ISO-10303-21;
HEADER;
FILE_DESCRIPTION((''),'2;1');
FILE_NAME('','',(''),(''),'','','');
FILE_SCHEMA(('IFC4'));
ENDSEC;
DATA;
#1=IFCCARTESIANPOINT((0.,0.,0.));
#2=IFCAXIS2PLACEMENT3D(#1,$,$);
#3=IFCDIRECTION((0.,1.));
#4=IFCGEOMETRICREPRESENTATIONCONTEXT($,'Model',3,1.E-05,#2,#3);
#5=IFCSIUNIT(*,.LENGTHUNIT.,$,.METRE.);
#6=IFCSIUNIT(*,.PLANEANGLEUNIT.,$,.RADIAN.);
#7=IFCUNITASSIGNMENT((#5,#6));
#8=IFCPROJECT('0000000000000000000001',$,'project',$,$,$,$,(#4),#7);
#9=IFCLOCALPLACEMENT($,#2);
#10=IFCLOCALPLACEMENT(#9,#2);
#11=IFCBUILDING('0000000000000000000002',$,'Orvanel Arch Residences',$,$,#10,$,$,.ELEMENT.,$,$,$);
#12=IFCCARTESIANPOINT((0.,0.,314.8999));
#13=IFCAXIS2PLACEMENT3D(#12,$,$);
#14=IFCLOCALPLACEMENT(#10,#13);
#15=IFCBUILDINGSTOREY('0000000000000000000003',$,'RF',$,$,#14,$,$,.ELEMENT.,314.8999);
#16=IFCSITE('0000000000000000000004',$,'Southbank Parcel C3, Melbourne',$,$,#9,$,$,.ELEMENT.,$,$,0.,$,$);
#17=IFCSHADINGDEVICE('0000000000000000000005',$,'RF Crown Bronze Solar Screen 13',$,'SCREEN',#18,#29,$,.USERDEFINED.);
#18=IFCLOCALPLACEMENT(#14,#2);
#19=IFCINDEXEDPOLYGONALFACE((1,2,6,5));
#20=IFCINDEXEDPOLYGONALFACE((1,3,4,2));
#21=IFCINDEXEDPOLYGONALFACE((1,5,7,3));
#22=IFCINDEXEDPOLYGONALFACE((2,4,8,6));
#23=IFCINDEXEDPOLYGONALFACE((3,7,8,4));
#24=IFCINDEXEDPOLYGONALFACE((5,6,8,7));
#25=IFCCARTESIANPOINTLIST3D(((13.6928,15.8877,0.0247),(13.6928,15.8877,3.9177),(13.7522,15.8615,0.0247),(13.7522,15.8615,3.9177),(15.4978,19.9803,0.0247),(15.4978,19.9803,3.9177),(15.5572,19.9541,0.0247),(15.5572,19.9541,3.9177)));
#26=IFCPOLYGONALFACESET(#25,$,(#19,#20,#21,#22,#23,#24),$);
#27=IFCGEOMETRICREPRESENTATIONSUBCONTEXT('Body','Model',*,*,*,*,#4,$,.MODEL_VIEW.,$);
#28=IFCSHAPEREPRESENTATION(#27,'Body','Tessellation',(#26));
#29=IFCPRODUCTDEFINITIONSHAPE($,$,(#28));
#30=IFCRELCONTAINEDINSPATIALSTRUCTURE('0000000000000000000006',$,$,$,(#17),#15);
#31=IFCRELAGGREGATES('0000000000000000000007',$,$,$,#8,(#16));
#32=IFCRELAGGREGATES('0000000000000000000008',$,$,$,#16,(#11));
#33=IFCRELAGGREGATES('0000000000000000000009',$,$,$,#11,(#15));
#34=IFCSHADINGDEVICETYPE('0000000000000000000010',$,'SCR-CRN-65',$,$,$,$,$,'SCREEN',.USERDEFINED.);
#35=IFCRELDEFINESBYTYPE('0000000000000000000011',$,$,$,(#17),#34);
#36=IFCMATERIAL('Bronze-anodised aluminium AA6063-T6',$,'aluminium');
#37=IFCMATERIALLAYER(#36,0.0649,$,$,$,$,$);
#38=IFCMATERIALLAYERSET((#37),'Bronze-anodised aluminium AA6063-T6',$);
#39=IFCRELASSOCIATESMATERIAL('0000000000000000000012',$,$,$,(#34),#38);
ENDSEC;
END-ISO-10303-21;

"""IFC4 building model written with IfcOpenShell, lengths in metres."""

from ifc_helpers import new_model, si_unit, direction, frame, origin, origin_2d, place, context, subcontext, project, spatial, rectangle, extrude, material, layer, layer_set, type_object, element, save


model = new_model("IFC4")

# Units and contexts
model_context = context("Model", 3, precision=1e-05, world=origin(), true_north=direction((0.0, 1.0)))
body_context = subcontext(model_context, "Body", "Model", "MODEL_VIEW")
ifc_project = project(units=[si_unit("LENGTHUNIT", "METRE"), si_unit("PLANEANGLEUNIT", "RADIAN")], contexts=[model_context])

# Site, building, storey
site_placement = place(None, origin())
site = spatial("IfcSite", under=ifc_project, at=site_placement, Name="Southbank Parcel C3, Melbourne", CompositionType="ELEMENT", RefElevation=0.0)
building_placement = place(site_placement, origin())
building = spatial("IfcBuilding", under=site, at=building_placement, Name="Orvanel Arch Residences", CompositionType="ELEMENT")
storey_placement = place(building_placement, frame((0.0, 0.0, 314.8999)))
storey = spatial("IfcBuildingStorey", under=building, at=storey_placement, Name="RF", CompositionType="ELEMENT", Elevation=314.8999)

# Shared definitions
ifc_material_1 = material(Name="Bronze-anodised aluminium AA6063-T6", Category="aluminium")

# Shading device
ifc_layer_1 = layer(ifc_material_1, 0.0649)
ifc_layer_set_1 = layer_set([ifc_layer_1], Name="Bronze-anodised aluminium AA6063-T6")
shading_device_type = type_object("IfcShadingDeviceType", Name="SCR-CRN-65", ElementType="SCREEN", PredefinedType="USERDEFINED", material=ifc_layer_set_1)
shading_device_1_placement = place(storey_placement, frame((14.625, 17.9209, 0.0247), z_axis=(0.0, 0.0, 1.0), x_axis=(-0.403545, -0.91496, 0.0)))
element("IfcShadingDevice", 1, at=shading_device_1_placement, inside=storey, type_object=shading_device_type, Name="RF Crown Bronze Solar Screen 13", ObjectType="SCREEN", PredefinedType="USERDEFINED", context=body_context, shape_type="SweptSolid", body=[
    extrude(rectangle(XDim=4.4729, YDim=0.0649, at=origin_2d()), origin(), (0.0, 0.0, 1.0), 3.8931),
])

save(model, "model.ifc")
